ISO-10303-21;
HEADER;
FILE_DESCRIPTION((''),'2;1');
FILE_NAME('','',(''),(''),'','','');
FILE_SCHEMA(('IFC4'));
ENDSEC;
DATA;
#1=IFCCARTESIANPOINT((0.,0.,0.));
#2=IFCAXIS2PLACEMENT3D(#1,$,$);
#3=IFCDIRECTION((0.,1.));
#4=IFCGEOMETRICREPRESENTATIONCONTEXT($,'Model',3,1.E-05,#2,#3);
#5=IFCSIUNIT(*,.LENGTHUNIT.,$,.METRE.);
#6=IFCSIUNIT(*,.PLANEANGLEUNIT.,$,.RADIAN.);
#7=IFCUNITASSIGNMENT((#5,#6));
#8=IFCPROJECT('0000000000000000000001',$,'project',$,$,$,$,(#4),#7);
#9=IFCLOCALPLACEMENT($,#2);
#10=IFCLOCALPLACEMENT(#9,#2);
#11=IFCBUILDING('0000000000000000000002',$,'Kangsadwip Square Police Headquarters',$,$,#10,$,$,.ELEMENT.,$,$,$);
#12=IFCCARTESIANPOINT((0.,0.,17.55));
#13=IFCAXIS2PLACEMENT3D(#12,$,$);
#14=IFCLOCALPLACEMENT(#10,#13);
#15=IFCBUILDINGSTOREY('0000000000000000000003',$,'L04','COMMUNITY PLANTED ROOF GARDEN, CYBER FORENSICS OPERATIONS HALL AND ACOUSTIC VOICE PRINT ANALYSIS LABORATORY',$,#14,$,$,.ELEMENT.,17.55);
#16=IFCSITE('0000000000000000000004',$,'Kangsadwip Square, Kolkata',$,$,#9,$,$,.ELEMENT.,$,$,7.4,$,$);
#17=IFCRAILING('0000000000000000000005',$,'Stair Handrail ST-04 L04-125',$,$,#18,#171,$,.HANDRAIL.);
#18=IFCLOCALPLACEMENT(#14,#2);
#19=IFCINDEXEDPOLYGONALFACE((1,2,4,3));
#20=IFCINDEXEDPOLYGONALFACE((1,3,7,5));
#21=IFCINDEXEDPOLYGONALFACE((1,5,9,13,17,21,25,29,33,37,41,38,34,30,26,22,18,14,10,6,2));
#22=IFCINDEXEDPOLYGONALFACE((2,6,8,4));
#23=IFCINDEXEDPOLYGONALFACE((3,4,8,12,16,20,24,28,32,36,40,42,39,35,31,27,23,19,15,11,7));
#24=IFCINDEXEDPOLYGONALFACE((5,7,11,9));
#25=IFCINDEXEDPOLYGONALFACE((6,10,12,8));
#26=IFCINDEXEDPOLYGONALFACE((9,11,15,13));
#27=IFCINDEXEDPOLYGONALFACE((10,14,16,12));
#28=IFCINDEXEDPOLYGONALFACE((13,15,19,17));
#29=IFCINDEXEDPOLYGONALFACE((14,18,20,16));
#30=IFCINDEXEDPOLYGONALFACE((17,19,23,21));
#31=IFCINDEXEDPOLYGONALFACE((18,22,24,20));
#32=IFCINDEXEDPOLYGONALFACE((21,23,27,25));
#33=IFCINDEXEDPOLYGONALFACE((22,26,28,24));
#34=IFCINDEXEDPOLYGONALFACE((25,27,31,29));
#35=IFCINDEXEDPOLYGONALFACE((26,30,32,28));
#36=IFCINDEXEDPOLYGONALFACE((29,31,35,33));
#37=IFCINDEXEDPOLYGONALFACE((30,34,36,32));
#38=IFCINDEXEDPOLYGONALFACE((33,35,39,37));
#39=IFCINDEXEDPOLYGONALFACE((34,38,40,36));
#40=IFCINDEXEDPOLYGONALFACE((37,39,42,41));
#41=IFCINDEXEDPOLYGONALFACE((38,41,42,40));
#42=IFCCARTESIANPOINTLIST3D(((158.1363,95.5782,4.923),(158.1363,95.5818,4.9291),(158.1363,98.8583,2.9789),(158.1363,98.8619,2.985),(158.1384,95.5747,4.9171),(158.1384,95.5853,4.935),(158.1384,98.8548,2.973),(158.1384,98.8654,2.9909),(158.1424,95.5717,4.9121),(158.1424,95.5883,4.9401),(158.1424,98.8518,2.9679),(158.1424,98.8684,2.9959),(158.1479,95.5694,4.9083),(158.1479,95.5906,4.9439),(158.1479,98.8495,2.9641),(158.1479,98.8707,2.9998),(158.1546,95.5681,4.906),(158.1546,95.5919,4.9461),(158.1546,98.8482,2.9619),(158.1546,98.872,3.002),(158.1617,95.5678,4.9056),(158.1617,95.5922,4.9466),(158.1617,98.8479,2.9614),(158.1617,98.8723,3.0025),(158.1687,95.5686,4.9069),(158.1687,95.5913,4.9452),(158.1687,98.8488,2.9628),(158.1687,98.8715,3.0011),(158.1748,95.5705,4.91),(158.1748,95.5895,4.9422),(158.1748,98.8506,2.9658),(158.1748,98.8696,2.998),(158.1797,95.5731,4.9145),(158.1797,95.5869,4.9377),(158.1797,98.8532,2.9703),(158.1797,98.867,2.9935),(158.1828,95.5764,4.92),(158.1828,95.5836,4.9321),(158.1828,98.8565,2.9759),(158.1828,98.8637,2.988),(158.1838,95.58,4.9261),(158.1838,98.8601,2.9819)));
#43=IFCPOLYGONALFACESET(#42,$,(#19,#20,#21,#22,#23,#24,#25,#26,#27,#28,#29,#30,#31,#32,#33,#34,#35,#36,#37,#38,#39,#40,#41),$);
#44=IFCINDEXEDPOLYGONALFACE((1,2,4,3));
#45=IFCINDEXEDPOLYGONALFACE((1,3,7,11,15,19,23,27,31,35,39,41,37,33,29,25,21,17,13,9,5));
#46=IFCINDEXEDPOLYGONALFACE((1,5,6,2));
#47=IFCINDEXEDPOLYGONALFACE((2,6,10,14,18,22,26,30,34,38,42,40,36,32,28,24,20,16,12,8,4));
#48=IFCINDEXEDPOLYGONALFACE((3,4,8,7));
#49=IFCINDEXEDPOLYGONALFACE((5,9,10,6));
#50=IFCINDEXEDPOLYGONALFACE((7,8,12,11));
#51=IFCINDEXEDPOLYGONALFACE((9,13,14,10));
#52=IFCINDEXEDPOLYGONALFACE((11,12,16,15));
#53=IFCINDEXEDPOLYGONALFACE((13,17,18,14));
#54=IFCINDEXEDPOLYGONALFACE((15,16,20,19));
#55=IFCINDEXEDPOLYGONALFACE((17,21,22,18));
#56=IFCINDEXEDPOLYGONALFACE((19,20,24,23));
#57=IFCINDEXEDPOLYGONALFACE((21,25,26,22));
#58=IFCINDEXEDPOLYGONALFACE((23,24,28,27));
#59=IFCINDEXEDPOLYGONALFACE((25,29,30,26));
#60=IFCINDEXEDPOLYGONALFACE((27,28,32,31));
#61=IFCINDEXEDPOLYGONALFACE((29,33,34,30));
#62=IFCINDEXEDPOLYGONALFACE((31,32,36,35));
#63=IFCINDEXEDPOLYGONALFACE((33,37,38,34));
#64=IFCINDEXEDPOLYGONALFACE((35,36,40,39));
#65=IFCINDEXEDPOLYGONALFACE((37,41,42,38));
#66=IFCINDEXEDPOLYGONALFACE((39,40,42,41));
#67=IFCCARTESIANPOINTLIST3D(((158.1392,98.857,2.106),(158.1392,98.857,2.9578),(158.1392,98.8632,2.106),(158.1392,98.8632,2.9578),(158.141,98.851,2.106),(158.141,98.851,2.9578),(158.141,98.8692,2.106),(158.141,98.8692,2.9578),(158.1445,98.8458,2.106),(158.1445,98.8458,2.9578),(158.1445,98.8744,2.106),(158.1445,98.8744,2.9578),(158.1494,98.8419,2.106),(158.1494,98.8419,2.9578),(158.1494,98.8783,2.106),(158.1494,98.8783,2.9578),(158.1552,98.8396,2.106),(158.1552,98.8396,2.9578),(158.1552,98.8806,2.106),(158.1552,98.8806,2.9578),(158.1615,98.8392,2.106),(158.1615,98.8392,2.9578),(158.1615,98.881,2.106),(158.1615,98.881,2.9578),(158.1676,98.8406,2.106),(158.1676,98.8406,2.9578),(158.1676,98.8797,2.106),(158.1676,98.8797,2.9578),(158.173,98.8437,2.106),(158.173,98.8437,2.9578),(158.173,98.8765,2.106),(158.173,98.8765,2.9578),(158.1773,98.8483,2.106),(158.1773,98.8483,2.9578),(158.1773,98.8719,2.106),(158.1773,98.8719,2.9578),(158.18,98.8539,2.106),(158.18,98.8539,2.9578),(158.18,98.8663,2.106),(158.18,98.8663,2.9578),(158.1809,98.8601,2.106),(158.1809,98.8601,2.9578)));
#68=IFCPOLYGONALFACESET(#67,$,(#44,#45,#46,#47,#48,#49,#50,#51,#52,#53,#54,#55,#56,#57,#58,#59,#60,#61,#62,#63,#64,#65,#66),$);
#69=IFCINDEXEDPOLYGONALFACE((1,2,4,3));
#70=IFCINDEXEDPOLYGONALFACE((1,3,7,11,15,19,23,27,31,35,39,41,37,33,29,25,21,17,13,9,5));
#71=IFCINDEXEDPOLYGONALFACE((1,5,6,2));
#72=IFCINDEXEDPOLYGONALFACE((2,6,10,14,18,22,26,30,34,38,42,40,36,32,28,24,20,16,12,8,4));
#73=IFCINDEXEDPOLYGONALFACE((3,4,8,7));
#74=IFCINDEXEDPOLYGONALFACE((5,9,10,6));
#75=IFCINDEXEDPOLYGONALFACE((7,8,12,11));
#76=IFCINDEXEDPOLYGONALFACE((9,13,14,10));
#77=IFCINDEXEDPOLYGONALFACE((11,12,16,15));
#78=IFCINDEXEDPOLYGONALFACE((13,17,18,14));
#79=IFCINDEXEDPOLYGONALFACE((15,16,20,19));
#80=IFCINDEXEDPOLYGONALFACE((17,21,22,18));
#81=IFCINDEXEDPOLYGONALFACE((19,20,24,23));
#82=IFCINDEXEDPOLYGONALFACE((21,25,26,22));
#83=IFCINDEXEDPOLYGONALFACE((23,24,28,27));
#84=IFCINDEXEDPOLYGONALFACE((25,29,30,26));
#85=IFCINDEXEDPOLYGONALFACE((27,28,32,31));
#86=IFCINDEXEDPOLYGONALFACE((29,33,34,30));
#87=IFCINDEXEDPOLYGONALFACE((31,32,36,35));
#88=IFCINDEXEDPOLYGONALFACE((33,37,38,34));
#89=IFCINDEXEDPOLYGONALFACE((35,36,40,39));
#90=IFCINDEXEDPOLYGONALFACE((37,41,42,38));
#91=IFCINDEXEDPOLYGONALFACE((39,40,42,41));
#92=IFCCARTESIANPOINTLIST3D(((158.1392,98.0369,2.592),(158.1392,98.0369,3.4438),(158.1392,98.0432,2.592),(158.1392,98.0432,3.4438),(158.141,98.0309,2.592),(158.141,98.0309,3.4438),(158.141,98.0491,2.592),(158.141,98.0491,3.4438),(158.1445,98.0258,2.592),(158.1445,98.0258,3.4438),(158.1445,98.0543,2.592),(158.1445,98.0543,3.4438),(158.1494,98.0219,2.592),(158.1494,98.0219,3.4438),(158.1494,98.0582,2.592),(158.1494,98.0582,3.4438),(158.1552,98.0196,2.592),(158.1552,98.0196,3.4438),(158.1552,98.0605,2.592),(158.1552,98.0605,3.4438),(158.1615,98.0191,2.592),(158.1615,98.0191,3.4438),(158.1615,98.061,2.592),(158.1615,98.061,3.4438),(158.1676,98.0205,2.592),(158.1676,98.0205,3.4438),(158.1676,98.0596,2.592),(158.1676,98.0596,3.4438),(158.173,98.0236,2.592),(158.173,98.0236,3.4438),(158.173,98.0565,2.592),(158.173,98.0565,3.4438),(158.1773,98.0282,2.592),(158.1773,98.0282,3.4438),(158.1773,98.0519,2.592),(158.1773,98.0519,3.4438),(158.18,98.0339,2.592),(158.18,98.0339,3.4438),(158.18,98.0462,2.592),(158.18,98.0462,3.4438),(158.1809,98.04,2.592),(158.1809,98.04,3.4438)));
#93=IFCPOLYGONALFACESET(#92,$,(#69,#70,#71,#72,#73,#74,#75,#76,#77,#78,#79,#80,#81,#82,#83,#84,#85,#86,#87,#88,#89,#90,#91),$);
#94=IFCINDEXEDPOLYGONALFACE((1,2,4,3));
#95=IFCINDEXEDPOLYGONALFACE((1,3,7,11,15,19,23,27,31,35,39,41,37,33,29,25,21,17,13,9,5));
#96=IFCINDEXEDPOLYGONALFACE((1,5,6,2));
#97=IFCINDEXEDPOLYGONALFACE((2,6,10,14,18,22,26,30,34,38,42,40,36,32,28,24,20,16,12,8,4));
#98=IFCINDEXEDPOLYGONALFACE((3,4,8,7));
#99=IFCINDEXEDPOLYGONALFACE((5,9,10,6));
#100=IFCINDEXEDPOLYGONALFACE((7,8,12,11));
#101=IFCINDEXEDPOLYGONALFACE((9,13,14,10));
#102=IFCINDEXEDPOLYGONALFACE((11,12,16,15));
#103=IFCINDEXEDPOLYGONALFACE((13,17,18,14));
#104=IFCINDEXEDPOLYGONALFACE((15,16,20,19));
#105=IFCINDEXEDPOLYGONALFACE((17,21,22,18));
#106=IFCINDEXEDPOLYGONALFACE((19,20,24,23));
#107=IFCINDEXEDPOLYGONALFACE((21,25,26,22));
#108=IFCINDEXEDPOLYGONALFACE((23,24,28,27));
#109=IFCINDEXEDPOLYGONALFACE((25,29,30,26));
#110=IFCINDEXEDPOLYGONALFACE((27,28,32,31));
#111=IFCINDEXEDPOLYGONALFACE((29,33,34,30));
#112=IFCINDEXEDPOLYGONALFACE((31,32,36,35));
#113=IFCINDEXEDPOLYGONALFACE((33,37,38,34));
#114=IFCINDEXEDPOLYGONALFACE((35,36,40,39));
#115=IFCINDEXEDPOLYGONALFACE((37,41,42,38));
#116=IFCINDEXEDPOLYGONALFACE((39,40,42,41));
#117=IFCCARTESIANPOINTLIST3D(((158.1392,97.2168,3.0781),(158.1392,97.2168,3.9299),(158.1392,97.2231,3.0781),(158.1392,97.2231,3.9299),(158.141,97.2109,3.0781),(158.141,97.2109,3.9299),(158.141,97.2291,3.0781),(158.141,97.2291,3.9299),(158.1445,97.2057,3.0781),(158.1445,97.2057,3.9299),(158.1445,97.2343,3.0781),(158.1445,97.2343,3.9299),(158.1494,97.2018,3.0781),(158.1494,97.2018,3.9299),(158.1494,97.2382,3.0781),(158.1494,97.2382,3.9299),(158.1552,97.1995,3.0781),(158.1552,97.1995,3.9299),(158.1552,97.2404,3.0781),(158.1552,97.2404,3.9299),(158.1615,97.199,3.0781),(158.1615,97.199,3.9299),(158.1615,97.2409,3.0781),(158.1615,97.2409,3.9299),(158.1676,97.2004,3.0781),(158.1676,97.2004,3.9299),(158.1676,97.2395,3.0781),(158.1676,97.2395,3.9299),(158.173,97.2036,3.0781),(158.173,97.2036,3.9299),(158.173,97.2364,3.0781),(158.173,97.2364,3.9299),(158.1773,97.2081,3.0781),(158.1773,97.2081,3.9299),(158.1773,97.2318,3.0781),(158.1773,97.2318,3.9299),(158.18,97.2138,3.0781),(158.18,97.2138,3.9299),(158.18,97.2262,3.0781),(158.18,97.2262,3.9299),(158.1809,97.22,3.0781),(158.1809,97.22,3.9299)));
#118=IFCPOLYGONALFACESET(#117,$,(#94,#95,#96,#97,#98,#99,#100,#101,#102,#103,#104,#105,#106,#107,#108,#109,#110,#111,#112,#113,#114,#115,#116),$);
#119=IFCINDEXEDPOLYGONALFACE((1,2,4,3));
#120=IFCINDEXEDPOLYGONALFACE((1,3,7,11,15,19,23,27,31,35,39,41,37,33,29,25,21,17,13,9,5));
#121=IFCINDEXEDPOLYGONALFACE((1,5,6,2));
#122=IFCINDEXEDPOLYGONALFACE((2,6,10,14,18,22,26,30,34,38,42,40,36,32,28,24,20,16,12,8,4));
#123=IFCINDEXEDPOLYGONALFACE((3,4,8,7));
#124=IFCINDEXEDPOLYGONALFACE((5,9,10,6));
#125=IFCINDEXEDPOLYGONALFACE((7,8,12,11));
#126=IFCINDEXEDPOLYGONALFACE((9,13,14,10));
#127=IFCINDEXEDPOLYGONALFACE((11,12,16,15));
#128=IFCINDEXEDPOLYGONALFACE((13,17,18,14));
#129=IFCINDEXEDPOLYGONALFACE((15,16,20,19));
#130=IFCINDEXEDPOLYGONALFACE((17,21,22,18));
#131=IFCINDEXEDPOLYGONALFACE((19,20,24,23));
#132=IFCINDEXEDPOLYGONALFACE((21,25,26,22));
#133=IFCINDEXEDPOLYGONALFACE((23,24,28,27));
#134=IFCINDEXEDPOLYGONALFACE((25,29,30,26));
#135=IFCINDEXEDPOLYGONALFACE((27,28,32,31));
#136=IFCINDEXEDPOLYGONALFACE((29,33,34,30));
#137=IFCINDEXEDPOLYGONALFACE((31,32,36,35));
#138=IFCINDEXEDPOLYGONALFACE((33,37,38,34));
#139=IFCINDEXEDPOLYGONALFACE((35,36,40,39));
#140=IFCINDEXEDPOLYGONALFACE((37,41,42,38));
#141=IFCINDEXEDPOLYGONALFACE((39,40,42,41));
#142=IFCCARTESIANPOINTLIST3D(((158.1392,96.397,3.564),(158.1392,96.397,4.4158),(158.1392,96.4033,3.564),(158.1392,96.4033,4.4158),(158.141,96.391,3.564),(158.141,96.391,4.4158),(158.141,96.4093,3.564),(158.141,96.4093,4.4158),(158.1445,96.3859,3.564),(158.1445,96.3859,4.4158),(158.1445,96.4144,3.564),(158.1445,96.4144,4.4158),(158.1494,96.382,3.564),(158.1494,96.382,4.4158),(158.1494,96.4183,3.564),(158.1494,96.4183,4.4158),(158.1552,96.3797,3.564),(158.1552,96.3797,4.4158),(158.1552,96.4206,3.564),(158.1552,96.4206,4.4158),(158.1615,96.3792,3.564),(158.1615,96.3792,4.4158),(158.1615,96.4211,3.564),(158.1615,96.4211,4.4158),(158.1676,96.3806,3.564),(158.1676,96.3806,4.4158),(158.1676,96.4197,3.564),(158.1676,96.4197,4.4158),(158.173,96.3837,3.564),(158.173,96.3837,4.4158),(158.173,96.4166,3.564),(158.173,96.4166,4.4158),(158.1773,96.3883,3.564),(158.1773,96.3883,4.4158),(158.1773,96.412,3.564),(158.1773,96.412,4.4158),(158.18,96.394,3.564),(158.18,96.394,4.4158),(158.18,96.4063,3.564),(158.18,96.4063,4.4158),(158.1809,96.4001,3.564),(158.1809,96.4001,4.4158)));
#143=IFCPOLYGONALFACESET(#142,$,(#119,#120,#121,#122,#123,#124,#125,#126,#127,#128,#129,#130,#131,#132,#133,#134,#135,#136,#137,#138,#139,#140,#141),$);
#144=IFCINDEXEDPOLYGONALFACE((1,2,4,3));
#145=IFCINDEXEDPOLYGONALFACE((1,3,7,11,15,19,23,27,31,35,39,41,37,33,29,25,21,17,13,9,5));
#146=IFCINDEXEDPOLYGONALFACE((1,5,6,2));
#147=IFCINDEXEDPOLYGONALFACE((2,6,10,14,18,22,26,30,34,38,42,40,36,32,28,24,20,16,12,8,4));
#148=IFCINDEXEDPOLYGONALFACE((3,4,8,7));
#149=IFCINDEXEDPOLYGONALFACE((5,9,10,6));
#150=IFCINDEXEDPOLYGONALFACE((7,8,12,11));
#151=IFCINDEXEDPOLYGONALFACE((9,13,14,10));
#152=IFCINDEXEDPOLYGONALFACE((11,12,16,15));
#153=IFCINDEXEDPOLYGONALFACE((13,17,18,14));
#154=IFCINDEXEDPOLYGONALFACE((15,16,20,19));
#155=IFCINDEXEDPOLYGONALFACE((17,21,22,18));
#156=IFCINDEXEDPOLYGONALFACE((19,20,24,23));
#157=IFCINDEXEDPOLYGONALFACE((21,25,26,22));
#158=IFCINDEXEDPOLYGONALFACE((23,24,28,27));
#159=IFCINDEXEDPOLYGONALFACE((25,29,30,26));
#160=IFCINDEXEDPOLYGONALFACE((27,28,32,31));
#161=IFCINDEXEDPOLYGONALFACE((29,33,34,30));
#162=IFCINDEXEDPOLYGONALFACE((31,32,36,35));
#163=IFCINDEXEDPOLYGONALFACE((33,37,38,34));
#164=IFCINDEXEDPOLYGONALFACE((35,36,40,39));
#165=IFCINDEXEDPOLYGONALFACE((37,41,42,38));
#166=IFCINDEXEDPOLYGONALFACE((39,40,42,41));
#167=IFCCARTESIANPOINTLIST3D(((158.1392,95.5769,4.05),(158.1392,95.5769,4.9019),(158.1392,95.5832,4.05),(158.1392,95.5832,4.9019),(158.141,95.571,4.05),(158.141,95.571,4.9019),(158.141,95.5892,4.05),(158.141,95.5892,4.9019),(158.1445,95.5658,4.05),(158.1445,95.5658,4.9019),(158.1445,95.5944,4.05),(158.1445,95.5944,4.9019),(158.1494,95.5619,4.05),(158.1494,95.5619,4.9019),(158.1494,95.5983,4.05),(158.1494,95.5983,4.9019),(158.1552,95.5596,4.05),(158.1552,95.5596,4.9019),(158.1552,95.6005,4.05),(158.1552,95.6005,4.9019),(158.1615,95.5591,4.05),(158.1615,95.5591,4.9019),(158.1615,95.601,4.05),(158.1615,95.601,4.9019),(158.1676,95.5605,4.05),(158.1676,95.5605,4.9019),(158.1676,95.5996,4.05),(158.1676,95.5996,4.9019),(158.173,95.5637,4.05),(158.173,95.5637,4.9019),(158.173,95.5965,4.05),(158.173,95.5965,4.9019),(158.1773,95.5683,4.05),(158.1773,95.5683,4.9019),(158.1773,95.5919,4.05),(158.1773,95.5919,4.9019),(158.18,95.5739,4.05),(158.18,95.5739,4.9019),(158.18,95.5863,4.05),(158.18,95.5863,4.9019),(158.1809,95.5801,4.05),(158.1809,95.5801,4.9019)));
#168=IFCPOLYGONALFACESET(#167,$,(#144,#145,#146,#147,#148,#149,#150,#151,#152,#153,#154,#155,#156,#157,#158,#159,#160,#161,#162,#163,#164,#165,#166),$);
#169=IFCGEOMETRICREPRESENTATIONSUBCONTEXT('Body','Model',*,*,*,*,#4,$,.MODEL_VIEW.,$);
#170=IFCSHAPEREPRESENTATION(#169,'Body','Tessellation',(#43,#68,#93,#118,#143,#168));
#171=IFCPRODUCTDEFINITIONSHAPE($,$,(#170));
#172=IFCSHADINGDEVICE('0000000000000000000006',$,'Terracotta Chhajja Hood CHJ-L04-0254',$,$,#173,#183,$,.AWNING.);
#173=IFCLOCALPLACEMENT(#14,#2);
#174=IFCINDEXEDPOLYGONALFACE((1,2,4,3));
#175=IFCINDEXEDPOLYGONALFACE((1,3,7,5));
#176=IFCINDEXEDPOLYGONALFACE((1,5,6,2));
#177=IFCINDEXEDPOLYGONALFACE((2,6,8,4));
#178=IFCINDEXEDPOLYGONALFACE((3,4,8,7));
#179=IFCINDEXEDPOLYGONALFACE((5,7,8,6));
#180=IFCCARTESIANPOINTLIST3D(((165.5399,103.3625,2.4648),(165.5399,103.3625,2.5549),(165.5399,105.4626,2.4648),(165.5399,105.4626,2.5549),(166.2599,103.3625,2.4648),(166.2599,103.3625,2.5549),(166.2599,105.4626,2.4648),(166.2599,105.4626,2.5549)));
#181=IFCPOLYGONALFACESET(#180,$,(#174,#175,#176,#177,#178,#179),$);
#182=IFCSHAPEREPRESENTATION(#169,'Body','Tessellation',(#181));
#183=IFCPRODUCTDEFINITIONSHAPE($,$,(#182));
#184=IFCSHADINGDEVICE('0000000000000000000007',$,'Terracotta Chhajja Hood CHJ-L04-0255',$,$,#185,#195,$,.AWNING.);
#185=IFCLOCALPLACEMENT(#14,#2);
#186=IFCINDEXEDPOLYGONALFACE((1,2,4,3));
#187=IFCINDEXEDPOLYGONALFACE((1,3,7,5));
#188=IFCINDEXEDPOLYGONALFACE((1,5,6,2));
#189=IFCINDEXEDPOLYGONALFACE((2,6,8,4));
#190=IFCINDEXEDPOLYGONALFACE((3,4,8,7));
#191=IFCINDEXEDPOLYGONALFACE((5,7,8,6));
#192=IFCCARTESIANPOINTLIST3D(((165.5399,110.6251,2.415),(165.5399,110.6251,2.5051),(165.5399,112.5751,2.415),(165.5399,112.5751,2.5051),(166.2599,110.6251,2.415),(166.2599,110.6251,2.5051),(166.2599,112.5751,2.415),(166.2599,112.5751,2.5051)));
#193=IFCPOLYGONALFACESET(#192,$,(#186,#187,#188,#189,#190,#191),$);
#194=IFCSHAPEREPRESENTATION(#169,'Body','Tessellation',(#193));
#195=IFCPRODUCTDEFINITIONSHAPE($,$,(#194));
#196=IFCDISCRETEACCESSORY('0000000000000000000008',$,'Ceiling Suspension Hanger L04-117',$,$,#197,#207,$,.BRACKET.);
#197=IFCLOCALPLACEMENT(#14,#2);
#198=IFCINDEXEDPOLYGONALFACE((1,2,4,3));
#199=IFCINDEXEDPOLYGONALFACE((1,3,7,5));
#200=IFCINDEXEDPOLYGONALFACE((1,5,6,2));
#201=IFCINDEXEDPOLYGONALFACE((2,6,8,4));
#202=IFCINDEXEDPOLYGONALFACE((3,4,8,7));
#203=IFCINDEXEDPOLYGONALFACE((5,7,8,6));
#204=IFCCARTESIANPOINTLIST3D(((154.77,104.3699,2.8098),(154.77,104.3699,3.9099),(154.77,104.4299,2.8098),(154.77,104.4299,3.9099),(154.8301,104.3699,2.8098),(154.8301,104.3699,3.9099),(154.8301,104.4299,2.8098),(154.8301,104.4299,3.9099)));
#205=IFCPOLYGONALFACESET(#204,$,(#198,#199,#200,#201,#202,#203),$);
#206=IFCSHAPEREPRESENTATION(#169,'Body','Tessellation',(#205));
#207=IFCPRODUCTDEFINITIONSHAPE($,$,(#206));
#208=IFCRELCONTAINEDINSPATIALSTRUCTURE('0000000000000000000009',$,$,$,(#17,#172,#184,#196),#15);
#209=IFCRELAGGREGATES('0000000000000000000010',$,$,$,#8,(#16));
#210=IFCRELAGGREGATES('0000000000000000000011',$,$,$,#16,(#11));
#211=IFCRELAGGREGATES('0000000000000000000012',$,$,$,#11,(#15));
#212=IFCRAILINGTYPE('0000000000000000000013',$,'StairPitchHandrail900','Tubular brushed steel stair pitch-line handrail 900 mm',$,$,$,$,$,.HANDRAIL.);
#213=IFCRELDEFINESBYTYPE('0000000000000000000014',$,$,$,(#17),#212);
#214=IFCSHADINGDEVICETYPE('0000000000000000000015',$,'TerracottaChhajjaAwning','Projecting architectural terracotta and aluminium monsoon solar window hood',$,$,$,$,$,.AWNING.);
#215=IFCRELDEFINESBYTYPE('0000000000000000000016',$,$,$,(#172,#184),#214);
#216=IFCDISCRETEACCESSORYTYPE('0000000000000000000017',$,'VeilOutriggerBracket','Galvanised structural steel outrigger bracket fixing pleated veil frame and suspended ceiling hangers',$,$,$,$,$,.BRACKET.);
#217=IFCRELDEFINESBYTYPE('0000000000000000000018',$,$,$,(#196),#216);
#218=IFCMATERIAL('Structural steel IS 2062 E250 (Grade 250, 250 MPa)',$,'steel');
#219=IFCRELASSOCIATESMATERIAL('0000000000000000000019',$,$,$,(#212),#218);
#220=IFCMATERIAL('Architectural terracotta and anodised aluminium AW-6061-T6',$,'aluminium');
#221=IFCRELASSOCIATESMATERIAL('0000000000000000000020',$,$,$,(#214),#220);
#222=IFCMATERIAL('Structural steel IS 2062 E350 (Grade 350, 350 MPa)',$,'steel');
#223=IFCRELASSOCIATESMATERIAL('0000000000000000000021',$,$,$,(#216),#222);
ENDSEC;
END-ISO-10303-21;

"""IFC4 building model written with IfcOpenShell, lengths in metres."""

from ifc_helpers import new_model, si_unit, direction, frame, origin, origin_2d, place, context, subcontext, project, spatial, rectangle, circle, extrude, material, type_object, element, save


model = new_model("IFC4")

# Units and contexts
model_context = context("Model", 3, precision=1e-05, world=origin(), true_north=direction((0.0, 1.0)))
body_context = subcontext(model_context, "Body", "Model", "MODEL_VIEW")
ifc_project = project(units=[si_unit("LENGTHUNIT", "METRE"), si_unit("PLANEANGLEUNIT", "RADIAN")], contexts=[model_context])

# Site, building, storey
site_placement = place(None, origin())
site = spatial("IfcSite", under=ifc_project, at=site_placement, Name="Kangsadwip Square, Kolkata", CompositionType="ELEMENT", RefElevation=7.4)
building_placement = place(site_placement, origin())
building = spatial("IfcBuilding", under=site, at=building_placement, Name="Kangsadwip Square Police Headquarters", CompositionType="ELEMENT")
storey_placement = place(building_placement, frame((0.0, 0.0, 17.55)))
storey = spatial("IfcBuildingStorey", under=building, at=storey_placement, Name="L04", Description="COMMUNITY PLANTED ROOF GARDEN, CYBER FORENSICS OPERATIONS HALL AND ACOUSTIC VOICE PRINT ANALYSIS LABORATORY", CompositionType="ELEMENT", Elevation=17.55)

# Railing
ifc_material_1 = material(Name="Structural steel IS 2062 E250 (Grade 250, 250 MPa)", Category="steel")
railing_type = type_object("IfcRailingType", Name="StairPitchHandrail900", Description="Tubular brushed steel stair pitch-line handrail 900 mm", PredefinedType="HANDRAIL", material=ifc_material_1)
railing_placement = place(storey_placement, frame((158.1599, 98.8601, 2.106)))
element("IfcRailing", 1, at=railing_placement, inside=storey, type_object=railing_type, Name="Stair Handrail ST-04 L04-125", PredefinedType="HANDRAIL", context=body_context, shape_type="SweptSolid", body=[
    extrude(circle(Radius=0.0239, at=origin_2d()), frame((0.0, 0.0, 0.876), z_axis=(0.0, -0.860249, 0.509874), x_axis=(1.0, 0.0, 0.0)), (0.0, 0.0, 1.0), 3.813),
    extrude(circle(Radius=0.021, at=origin_2d()), origin(), (0.0, 0.0, 1.0), 0.8518),
    extrude(circle(Radius=0.021, at=origin_2d()), frame((0.0, -0.8201, 0.4861)), (0.0, 0.0, 1.0), 0.8518),
    extrude(circle(Radius=0.021, at=origin_2d()), frame((0.0, -1.6401, 0.9722)), (0.0, 0.0, 1.0), 0.8518),
    extrude(circle(Radius=0.021, at=origin_2d()), frame((0.0, -2.46, 1.458)), (0.0, 0.0, 1.0), 0.8518),
    extrude(circle(Radius=0.021, at=origin_2d()), frame((0.0, -3.28, 1.9441)), (0.0, 0.0, 1.0), 0.8518),
])

# Shading devices
ifc_material_2 = material(Name="Architectural terracotta and anodised aluminium AW-6061-T6", Category="aluminium")
shading_device_type = type_object("IfcShadingDeviceType", Name="TerracottaChhajjaAwning", Description="Projecting architectural terracotta and aluminium monsoon solar window hood", PredefinedType="AWNING", material=ifc_material_2)
shading_device_1_placement = place(storey_placement, frame((165.8999, 104.4126, 2.4648), z_axis=(0.0, 0.0, 1.0), x_axis=(0.0, 1.0, 0.0)))
element("IfcShadingDevice", 2, at=shading_device_1_placement, inside=storey, type_object=shading_device_type, Name="Terracotta Chhajja Hood CHJ-L04-0254", PredefinedType="AWNING", context=body_context, shape_type="SweptSolid", body=[
    extrude(rectangle(XDim=2.1001, YDim=0.72, at=origin_2d()), origin(), (0.0, 0.0, 1.0), 0.0901),
])
shading_device_2_placement = place(storey_placement, frame((165.8999, 111.6001, 2.415), z_axis=(0.0, 0.0, 1.0), x_axis=(0.0, 1.0, 0.0)))
element("IfcShadingDevice", 3, at=shading_device_2_placement, inside=storey, type_object=shading_device_type, Name="Terracotta Chhajja Hood CHJ-L04-0255", PredefinedType="AWNING", context=body_context, shape_type="SweptSolid", body=[
    extrude(rectangle(XDim=1.95, YDim=0.72, at=origin_2d()), origin(), (0.0, 0.0, 1.0), 0.0901),
])

# Discrete accessory
ifc_material_3 = material(Name="Structural steel IS 2062 E350 (Grade 350, 350 MPa)", Category="steel")
discrete_accessory_type = type_object("IfcDiscreteAccessoryType", Name="VeilOutriggerBracket", Description="Galvanised structural steel outrigger bracket fixing pleated veil frame and suspended ceiling hangers", PredefinedType="BRACKET", material=ifc_material_3)
discrete_accessory_placement = place(storey_placement, frame((154.8, 104.3999, 2.8098), z_axis=(0.0, 0.0, 1.0), x_axis=(1.0, 0.0, 0.0)))
element("IfcDiscreteAccessory", 4, at=discrete_accessory_placement, inside=storey, type_object=discrete_accessory_type, Name="Ceiling Suspension Hanger L04-117", PredefinedType="BRACKET", context=body_context, shape_type="SweptSolid", body=[
    extrude(rectangle(XDim=0.0601, YDim=0.0601, at=origin_2d()), origin(), (0.0, 0.0, 1.0), 1.1001),
])

save(model, "model.ifc")
